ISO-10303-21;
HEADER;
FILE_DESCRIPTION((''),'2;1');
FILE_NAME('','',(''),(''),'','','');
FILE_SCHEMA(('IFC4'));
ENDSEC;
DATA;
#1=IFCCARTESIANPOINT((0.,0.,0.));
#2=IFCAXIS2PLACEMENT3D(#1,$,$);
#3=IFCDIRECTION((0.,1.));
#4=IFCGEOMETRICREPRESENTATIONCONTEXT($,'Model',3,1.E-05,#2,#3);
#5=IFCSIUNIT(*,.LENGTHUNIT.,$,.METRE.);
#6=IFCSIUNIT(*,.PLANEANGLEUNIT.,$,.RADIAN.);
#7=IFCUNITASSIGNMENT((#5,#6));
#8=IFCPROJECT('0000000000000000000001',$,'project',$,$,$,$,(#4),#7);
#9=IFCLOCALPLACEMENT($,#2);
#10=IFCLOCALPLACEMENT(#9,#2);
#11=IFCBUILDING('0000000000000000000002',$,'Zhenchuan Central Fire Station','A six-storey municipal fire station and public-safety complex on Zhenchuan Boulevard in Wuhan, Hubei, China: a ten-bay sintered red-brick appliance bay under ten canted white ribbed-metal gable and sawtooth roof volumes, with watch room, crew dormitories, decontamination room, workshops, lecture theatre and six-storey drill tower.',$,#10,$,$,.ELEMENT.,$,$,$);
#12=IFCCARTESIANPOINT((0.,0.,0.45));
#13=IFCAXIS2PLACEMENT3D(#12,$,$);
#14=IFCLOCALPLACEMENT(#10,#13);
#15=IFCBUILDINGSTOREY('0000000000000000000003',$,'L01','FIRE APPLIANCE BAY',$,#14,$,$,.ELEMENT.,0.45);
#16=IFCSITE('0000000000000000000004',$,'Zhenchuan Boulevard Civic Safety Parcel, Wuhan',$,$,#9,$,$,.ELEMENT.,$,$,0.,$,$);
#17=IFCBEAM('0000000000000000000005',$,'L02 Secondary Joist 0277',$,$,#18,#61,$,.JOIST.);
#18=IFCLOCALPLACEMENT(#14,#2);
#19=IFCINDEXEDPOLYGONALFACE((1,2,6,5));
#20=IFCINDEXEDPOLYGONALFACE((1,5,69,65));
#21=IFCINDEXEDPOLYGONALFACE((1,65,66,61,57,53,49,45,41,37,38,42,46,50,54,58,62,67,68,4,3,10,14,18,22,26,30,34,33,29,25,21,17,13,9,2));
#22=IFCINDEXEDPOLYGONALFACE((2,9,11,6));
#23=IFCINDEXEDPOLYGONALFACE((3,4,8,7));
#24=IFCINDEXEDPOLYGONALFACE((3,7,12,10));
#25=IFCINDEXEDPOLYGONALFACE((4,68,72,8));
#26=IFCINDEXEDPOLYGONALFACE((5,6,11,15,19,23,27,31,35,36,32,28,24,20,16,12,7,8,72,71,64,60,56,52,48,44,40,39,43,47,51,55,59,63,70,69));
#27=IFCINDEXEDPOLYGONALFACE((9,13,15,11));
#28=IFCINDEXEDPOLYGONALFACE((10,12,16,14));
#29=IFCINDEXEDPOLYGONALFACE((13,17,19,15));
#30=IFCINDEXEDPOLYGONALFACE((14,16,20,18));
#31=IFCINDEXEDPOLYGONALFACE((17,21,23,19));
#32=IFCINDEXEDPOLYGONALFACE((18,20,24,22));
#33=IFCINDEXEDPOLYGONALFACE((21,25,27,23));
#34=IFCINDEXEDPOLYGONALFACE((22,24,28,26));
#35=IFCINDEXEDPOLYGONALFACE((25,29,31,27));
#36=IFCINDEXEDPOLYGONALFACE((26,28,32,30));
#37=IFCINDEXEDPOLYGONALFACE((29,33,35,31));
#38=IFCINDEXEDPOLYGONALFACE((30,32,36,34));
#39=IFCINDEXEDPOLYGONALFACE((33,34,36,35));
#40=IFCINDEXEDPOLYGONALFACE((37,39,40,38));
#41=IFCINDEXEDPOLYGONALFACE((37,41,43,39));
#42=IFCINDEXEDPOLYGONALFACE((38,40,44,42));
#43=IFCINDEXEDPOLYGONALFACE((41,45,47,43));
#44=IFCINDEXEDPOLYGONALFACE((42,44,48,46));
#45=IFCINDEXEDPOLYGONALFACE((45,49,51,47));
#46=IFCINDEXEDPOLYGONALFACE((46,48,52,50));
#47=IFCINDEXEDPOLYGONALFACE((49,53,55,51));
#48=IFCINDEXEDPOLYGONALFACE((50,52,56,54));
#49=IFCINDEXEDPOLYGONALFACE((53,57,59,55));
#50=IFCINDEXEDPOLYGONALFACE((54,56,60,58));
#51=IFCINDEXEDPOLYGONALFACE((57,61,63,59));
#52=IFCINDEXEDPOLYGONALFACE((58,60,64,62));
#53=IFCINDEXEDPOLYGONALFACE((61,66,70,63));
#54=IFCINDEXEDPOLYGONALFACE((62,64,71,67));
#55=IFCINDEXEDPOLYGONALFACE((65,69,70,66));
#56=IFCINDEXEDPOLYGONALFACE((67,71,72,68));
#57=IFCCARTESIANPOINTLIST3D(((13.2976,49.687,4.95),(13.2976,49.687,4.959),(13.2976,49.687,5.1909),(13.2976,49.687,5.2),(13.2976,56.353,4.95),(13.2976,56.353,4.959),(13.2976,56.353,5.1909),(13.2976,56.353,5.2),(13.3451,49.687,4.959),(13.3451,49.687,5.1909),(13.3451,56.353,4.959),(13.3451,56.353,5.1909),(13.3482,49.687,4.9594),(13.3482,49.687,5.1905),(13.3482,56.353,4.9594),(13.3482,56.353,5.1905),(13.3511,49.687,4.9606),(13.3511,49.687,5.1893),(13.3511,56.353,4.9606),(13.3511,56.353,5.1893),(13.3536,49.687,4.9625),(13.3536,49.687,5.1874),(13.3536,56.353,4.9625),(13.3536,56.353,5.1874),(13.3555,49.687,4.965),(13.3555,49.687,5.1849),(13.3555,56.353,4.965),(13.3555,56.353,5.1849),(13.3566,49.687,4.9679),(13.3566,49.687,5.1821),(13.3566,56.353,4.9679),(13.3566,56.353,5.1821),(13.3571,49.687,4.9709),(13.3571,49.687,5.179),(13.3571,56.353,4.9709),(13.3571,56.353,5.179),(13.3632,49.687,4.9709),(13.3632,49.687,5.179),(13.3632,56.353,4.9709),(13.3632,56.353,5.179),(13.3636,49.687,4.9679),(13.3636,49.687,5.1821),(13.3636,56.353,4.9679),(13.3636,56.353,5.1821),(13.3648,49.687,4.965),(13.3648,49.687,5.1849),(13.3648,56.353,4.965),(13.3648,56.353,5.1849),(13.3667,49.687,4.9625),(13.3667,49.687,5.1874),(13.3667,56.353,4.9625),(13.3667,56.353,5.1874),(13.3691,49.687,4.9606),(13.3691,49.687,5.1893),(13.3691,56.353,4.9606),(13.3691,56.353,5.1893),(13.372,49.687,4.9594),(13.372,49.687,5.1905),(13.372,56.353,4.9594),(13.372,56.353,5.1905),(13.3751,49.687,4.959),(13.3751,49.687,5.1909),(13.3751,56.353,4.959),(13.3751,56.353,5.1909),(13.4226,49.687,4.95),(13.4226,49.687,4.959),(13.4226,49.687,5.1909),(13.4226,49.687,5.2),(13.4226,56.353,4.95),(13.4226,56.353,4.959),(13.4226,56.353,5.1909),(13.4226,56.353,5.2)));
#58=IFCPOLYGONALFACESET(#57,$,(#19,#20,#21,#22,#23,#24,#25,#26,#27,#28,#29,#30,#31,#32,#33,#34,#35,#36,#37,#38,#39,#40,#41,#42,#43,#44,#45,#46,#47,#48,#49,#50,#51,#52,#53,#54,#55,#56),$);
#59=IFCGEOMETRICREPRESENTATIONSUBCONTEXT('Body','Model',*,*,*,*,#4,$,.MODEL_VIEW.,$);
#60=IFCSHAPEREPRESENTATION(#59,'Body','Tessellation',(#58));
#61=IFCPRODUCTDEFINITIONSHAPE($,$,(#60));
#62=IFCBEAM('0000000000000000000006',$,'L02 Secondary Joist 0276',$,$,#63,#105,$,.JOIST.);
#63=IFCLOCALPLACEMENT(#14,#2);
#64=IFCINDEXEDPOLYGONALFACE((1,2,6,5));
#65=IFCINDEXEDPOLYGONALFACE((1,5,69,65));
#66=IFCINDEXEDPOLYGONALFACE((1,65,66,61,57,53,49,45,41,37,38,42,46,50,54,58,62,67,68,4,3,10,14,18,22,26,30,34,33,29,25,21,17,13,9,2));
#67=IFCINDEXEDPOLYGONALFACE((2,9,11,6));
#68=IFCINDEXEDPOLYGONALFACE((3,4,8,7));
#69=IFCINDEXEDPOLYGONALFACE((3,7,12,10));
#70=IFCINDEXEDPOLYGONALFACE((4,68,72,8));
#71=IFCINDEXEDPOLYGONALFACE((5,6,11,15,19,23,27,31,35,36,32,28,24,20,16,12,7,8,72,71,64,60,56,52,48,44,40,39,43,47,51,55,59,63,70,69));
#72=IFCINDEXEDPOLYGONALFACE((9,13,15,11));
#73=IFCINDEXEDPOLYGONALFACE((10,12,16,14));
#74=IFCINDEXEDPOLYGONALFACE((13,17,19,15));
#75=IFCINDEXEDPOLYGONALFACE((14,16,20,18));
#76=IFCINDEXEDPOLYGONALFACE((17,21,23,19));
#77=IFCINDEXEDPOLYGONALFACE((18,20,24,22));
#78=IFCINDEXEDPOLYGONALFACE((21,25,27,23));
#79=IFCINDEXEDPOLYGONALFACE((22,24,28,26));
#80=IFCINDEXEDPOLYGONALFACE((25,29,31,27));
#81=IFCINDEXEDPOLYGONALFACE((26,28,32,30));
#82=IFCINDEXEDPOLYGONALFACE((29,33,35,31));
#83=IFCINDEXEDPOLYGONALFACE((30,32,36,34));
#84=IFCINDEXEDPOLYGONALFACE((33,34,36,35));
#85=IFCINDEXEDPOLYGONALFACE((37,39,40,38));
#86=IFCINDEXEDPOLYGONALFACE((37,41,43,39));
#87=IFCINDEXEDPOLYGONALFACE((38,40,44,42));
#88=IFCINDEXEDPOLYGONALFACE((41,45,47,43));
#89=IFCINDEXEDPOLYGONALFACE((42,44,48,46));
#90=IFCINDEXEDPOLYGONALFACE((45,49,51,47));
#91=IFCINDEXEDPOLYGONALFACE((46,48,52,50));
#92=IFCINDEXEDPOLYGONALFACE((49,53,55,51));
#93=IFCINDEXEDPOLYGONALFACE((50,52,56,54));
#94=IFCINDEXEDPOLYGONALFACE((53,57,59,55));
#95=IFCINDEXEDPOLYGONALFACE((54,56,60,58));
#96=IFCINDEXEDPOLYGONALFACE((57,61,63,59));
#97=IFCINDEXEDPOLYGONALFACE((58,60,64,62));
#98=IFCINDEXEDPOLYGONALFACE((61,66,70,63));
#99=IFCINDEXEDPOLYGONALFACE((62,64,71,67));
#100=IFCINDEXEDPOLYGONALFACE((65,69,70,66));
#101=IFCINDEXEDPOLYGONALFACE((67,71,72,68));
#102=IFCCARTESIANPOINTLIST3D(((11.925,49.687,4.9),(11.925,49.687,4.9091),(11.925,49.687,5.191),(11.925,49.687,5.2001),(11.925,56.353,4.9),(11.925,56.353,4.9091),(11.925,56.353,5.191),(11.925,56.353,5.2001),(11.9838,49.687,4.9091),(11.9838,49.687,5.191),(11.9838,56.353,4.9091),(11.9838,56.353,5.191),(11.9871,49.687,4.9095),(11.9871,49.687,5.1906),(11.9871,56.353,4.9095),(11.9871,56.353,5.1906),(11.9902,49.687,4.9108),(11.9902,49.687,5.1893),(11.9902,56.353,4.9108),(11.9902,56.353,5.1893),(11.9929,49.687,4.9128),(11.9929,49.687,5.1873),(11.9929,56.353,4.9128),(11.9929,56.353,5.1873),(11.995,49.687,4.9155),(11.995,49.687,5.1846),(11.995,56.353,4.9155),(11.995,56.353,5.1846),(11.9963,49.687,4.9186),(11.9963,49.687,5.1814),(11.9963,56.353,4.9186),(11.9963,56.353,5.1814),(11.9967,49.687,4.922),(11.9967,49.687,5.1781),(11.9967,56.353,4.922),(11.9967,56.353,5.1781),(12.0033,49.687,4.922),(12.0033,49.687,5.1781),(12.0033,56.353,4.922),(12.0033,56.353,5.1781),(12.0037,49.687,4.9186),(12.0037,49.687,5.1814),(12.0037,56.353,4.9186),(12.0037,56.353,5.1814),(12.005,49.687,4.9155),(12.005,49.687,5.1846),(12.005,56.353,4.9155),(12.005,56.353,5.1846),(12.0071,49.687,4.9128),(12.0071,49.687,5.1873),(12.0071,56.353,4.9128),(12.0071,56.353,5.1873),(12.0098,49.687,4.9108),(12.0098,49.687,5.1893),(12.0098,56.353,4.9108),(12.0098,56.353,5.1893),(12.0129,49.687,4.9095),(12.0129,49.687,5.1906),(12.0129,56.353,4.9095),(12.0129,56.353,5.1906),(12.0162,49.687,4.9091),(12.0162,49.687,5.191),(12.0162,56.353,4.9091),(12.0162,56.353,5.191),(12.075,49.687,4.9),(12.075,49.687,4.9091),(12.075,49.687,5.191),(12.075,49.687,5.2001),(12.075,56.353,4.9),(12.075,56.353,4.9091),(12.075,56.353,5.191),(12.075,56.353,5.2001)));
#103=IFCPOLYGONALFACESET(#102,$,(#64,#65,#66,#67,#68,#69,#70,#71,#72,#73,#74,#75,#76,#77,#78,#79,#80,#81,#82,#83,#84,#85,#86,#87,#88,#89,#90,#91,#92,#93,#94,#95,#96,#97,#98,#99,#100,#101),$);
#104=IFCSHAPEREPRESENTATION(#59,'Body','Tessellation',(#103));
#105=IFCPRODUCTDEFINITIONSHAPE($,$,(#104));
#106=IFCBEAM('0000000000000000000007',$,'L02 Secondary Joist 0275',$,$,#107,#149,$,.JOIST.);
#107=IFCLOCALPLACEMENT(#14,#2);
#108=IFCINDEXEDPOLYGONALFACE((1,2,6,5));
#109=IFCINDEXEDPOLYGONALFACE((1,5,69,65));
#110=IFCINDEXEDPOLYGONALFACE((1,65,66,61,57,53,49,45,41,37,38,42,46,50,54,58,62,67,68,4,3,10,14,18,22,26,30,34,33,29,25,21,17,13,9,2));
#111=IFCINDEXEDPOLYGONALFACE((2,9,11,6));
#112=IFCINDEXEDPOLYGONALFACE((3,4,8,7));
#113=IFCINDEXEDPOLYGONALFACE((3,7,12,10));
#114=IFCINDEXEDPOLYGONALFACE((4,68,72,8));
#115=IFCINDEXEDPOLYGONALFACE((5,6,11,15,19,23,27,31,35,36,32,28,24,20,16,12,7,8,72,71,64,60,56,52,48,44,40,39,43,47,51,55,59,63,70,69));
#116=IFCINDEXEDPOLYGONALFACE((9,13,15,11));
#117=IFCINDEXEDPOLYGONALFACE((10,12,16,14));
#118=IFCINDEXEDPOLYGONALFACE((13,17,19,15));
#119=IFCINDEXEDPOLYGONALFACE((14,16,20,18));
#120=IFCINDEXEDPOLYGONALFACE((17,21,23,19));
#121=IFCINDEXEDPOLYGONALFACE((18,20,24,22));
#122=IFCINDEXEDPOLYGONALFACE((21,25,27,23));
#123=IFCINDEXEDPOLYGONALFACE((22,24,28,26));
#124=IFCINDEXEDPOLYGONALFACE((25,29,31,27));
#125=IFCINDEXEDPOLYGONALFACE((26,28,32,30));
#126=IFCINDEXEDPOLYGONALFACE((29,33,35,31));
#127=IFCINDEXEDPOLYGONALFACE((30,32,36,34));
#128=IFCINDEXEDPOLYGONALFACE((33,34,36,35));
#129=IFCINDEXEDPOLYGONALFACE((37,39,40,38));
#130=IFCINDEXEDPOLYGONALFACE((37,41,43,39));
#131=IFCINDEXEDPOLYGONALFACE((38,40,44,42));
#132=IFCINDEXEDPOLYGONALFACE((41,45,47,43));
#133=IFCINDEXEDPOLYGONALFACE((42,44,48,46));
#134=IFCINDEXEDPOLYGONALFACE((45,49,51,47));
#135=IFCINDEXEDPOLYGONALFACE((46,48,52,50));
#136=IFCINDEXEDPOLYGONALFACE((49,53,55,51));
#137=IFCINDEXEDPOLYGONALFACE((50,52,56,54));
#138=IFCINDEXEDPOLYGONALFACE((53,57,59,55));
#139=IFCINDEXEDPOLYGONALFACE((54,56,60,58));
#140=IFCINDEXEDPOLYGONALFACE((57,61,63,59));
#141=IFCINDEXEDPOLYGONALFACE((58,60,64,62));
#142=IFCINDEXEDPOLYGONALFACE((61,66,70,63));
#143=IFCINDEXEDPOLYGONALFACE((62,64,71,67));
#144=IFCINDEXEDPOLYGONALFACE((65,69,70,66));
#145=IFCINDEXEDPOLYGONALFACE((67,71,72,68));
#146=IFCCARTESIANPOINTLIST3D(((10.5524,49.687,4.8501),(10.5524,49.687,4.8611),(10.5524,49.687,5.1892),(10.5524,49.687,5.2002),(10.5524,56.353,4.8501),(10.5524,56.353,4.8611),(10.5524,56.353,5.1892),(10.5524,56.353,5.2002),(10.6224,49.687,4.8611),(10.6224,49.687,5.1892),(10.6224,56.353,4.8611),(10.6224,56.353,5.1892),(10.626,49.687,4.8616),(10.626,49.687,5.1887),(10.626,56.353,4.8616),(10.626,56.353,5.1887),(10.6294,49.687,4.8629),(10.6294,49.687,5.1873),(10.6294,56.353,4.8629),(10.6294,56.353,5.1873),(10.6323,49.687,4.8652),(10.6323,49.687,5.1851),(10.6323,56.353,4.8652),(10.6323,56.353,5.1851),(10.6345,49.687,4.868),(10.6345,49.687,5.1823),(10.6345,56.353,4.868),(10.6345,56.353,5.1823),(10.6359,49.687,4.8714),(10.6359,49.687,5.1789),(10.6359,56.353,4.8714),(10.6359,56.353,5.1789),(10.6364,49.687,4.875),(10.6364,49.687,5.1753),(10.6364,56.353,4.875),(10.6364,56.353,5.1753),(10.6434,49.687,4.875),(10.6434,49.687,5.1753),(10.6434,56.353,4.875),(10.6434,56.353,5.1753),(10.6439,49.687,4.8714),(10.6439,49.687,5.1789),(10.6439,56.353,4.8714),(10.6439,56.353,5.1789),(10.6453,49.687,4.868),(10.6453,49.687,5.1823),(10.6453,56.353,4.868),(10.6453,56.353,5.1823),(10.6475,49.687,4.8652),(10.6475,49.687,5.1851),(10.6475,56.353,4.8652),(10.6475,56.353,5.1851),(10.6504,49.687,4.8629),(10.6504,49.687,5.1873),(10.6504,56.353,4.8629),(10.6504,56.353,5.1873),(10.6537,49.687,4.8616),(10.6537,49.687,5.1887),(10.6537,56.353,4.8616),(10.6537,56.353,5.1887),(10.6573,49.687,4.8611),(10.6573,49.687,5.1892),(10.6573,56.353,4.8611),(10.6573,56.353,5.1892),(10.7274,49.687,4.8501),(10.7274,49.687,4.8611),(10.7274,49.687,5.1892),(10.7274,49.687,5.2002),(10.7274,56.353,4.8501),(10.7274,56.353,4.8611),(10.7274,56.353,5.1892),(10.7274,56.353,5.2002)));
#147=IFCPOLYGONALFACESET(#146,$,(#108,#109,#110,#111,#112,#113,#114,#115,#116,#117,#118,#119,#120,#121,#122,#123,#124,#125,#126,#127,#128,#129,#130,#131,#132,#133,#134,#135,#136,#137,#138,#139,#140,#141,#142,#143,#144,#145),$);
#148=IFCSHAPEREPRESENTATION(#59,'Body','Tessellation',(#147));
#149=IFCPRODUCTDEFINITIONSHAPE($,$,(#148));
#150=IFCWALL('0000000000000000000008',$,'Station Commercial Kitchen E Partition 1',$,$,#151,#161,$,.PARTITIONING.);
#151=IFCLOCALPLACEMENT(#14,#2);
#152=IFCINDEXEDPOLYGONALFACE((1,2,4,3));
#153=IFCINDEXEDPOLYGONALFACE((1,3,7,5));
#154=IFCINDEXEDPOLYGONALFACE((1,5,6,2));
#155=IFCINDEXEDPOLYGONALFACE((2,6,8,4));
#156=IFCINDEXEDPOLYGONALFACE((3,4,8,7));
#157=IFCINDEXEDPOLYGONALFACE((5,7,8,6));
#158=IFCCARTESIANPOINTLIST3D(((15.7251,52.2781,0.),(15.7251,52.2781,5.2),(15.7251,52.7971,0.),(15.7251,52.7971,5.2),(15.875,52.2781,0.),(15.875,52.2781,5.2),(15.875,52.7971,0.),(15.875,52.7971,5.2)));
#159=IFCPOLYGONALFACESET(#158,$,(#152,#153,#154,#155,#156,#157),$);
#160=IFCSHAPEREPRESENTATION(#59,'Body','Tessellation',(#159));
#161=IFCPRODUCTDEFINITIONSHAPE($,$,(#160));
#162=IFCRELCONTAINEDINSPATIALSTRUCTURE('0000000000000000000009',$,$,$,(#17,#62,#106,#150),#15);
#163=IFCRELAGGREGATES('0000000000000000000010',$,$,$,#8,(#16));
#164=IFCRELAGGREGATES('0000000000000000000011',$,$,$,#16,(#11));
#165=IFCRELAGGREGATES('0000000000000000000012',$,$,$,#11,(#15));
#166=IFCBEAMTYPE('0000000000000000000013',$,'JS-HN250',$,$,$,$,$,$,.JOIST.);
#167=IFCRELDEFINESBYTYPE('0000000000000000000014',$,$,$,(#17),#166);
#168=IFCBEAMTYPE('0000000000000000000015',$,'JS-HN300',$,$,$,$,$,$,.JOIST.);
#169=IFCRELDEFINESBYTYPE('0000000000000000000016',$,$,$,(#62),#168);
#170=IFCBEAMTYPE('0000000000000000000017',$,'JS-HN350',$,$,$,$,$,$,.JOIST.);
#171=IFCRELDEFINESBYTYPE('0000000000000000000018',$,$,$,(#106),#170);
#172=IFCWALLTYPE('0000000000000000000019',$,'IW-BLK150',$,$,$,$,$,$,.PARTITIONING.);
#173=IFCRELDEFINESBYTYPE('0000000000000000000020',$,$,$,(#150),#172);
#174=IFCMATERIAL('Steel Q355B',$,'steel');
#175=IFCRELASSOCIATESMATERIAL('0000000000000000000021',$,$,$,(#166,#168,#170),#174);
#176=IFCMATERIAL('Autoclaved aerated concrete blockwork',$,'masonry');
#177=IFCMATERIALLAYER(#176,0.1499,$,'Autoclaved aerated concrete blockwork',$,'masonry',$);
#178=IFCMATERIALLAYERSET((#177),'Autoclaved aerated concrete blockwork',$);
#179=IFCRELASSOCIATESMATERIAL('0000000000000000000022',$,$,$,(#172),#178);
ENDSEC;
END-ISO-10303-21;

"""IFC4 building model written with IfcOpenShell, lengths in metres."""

from ifc_helpers import new_model, si_unit, direction, frame, frame_2d, origin, origin_2d, place, context, subcontext, project, spatial, rectangle, i_section, extrude, material, layer, layer_set, material_profile, profile_set, type_object, element, save


model = new_model("IFC4")

# Units and contexts
model_context = context("Model", 3, precision=1e-05, world=origin(), true_north=direction((0.0, 1.0)))
body_context = subcontext(model_context, "Body", "Model", "MODEL_VIEW")
ifc_project = project(units=[si_unit("LENGTHUNIT", "METRE"), si_unit("PLANEANGLEUNIT", "RADIAN")], contexts=[model_context])

# Site, building, storey
site_placement = place(None, origin())
site = spatial("IfcSite", under=ifc_project, at=site_placement, Name="Zhenchuan Boulevard Civic Safety Parcel, Wuhan", CompositionType="ELEMENT", RefElevation=0.0)
building_placement = place(site_placement, origin())
building = spatial("IfcBuilding", under=site, at=building_placement, Name="Zhenchuan Central Fire Station", Description="A six-storey municipal fire station and public-safety complex on Zhenchuan Boulevard in Wuhan, Hubei, China: a ten-bay sintered red-brick appliance bay under ten canted white ribbed-metal gable and sawtooth roof volumes, with watch room, crew dormitories, decontamination room, workshops, lecture theatre and six-storey drill tower.", CompositionType="ELEMENT")
storey_placement = place(building_placement, frame((0.0, 0.0, 0.45)))
storey = spatial("IfcBuildingStorey", under=building, at=storey_placement, Name="L01", Description="FIRE APPLIANCE BAY", CompositionType="ELEMENT", Elevation=0.45)

# Shared definitions
ifc_material_1 = material(Name="Steel Q355B", Category="steel")

# Beams
ifc_material_profile_1 = material_profile(ifc_material_1, i_section(OverallWidth=0.125, OverallDepth=0.25, WebThickness=0.0061, FlangeThickness=0.009, FilletRadius=0.012, at=origin_2d()), Name="HN 250x125")
ifc_profile_set_1 = profile_set([ifc_material_profile_1], Name="Steel Q355B")
beam_type_1 = type_object("IfcBeamType", Name="JS-HN250", PredefinedType="JOIST", material=ifc_profile_set_1)
beam_1_placement = place(storey_placement, frame((13.3601, 49.687, 5.075), z_axis=(0.0, 1.0, 0.0), x_axis=(-1.0, 0.0, 0.0)))
element("IfcBeam", 1, at=beam_1_placement, inside=storey, type_object=beam_type_1, Name="L02 Secondary Joist 0277", PredefinedType="JOIST", context=body_context, shape_type="SweptSolid", body=[
    extrude(i_section(OverallWidth=0.125, OverallDepth=0.25, WebThickness=0.0061, FlangeThickness=0.009, FilletRadius=0.012, at=origin_2d()), origin(), (0.0, 0.0, 1.0), 6.666),
])
ifc_material_profile_2 = material_profile(ifc_material_1, i_section(OverallWidth=0.1499, OverallDepth=0.3, WebThickness=0.0066, FlangeThickness=0.009, FilletRadius=0.0129, at=origin_2d()), Name="HN 300x150")
ifc_profile_set_2 = profile_set([ifc_material_profile_2], Name="Steel Q355B")
beam_type_2 = type_object("IfcBeamType", Name="JS-HN300", PredefinedType="JOIST", material=ifc_profile_set_2)
beam_2_placement = place(storey_placement, frame((12.0, 49.687, 5.05), z_axis=(0.0, 1.0, 0.0), x_axis=(-1.0, 0.0, 0.0)))
element("IfcBeam", 2, at=beam_2_placement, inside=storey, type_object=beam_type_2, Name="L02 Secondary Joist 0276", PredefinedType="JOIST", context=body_context, shape_type="SweptSolid", body=[
    extrude(i_section(OverallWidth=0.1499, OverallDepth=0.3, WebThickness=0.0066, FlangeThickness=0.009, FilletRadius=0.0129, at=origin_2d()), origin(), (0.0, 0.0, 1.0), 6.666),
])
ifc_material_profile_3 = material_profile(ifc_material_1, i_section(OverallWidth=0.175, OverallDepth=0.3501, WebThickness=0.0071, FlangeThickness=0.011, FilletRadius=0.0139, at=origin_2d()), Name="HN 350x175")
ifc_profile_set_3 = profile_set([ifc_material_profile_3], Name="Steel Q355B")
beam_type_3 = type_object("IfcBeamType", Name="JS-HN350", PredefinedType="JOIST", material=ifc_profile_set_3)
beam_3_placement = place(storey_placement, frame((10.6399, 49.687, 5.0251), z_axis=(0.0, 1.0, 0.0), x_axis=(-1.0, 0.0, 0.0)))
element("IfcBeam", 3, at=beam_3_placement, inside=storey, type_object=beam_type_3, Name="L02 Secondary Joist 0275", PredefinedType="JOIST", context=body_context, shape_type="SweptSolid", body=[
    extrude(i_section(OverallWidth=0.175, OverallDepth=0.3501, WebThickness=0.0071, FlangeThickness=0.011, FilletRadius=0.0139, at=origin_2d()), origin(), (0.0, 0.0, 1.0), 6.666),
])

# Wall
ifc_material_2 = material(Name="Autoclaved aerated concrete blockwork", Category="masonry")
ifc_layer_1 = layer(ifc_material_2, 0.1499, Name="Autoclaved aerated concrete blockwork", Category="masonry")
ifc_layer_set_1 = layer_set([ifc_layer_1], Name="Autoclaved aerated concrete blockwork")
wall_type_1 = type_object("IfcWallType", Name="IW-BLK150", PredefinedType="PARTITIONING", material=ifc_layer_set_1)
wall_1_placement = place(storey_placement, frame((15.8, 52.2781, 0.0), z_axis=(0.0, 0.0, 1.0), x_axis=(0.0, 1.0, 0.0)))
element("IfcWall", 4, at=wall_1_placement, inside=storey, type_object=wall_type_1, Name="Station Commercial Kitchen E Partition 1", PredefinedType="PARTITIONING", context=body_context, shape_type="SweptSolid", body=[
    extrude(rectangle(XDim=0.519, YDim=0.1499, at=frame_2d((0.2595, 0.0))), origin(), (0.0, 0.0, 1.0), 5.2),
])

save(model, "model.ifc")
